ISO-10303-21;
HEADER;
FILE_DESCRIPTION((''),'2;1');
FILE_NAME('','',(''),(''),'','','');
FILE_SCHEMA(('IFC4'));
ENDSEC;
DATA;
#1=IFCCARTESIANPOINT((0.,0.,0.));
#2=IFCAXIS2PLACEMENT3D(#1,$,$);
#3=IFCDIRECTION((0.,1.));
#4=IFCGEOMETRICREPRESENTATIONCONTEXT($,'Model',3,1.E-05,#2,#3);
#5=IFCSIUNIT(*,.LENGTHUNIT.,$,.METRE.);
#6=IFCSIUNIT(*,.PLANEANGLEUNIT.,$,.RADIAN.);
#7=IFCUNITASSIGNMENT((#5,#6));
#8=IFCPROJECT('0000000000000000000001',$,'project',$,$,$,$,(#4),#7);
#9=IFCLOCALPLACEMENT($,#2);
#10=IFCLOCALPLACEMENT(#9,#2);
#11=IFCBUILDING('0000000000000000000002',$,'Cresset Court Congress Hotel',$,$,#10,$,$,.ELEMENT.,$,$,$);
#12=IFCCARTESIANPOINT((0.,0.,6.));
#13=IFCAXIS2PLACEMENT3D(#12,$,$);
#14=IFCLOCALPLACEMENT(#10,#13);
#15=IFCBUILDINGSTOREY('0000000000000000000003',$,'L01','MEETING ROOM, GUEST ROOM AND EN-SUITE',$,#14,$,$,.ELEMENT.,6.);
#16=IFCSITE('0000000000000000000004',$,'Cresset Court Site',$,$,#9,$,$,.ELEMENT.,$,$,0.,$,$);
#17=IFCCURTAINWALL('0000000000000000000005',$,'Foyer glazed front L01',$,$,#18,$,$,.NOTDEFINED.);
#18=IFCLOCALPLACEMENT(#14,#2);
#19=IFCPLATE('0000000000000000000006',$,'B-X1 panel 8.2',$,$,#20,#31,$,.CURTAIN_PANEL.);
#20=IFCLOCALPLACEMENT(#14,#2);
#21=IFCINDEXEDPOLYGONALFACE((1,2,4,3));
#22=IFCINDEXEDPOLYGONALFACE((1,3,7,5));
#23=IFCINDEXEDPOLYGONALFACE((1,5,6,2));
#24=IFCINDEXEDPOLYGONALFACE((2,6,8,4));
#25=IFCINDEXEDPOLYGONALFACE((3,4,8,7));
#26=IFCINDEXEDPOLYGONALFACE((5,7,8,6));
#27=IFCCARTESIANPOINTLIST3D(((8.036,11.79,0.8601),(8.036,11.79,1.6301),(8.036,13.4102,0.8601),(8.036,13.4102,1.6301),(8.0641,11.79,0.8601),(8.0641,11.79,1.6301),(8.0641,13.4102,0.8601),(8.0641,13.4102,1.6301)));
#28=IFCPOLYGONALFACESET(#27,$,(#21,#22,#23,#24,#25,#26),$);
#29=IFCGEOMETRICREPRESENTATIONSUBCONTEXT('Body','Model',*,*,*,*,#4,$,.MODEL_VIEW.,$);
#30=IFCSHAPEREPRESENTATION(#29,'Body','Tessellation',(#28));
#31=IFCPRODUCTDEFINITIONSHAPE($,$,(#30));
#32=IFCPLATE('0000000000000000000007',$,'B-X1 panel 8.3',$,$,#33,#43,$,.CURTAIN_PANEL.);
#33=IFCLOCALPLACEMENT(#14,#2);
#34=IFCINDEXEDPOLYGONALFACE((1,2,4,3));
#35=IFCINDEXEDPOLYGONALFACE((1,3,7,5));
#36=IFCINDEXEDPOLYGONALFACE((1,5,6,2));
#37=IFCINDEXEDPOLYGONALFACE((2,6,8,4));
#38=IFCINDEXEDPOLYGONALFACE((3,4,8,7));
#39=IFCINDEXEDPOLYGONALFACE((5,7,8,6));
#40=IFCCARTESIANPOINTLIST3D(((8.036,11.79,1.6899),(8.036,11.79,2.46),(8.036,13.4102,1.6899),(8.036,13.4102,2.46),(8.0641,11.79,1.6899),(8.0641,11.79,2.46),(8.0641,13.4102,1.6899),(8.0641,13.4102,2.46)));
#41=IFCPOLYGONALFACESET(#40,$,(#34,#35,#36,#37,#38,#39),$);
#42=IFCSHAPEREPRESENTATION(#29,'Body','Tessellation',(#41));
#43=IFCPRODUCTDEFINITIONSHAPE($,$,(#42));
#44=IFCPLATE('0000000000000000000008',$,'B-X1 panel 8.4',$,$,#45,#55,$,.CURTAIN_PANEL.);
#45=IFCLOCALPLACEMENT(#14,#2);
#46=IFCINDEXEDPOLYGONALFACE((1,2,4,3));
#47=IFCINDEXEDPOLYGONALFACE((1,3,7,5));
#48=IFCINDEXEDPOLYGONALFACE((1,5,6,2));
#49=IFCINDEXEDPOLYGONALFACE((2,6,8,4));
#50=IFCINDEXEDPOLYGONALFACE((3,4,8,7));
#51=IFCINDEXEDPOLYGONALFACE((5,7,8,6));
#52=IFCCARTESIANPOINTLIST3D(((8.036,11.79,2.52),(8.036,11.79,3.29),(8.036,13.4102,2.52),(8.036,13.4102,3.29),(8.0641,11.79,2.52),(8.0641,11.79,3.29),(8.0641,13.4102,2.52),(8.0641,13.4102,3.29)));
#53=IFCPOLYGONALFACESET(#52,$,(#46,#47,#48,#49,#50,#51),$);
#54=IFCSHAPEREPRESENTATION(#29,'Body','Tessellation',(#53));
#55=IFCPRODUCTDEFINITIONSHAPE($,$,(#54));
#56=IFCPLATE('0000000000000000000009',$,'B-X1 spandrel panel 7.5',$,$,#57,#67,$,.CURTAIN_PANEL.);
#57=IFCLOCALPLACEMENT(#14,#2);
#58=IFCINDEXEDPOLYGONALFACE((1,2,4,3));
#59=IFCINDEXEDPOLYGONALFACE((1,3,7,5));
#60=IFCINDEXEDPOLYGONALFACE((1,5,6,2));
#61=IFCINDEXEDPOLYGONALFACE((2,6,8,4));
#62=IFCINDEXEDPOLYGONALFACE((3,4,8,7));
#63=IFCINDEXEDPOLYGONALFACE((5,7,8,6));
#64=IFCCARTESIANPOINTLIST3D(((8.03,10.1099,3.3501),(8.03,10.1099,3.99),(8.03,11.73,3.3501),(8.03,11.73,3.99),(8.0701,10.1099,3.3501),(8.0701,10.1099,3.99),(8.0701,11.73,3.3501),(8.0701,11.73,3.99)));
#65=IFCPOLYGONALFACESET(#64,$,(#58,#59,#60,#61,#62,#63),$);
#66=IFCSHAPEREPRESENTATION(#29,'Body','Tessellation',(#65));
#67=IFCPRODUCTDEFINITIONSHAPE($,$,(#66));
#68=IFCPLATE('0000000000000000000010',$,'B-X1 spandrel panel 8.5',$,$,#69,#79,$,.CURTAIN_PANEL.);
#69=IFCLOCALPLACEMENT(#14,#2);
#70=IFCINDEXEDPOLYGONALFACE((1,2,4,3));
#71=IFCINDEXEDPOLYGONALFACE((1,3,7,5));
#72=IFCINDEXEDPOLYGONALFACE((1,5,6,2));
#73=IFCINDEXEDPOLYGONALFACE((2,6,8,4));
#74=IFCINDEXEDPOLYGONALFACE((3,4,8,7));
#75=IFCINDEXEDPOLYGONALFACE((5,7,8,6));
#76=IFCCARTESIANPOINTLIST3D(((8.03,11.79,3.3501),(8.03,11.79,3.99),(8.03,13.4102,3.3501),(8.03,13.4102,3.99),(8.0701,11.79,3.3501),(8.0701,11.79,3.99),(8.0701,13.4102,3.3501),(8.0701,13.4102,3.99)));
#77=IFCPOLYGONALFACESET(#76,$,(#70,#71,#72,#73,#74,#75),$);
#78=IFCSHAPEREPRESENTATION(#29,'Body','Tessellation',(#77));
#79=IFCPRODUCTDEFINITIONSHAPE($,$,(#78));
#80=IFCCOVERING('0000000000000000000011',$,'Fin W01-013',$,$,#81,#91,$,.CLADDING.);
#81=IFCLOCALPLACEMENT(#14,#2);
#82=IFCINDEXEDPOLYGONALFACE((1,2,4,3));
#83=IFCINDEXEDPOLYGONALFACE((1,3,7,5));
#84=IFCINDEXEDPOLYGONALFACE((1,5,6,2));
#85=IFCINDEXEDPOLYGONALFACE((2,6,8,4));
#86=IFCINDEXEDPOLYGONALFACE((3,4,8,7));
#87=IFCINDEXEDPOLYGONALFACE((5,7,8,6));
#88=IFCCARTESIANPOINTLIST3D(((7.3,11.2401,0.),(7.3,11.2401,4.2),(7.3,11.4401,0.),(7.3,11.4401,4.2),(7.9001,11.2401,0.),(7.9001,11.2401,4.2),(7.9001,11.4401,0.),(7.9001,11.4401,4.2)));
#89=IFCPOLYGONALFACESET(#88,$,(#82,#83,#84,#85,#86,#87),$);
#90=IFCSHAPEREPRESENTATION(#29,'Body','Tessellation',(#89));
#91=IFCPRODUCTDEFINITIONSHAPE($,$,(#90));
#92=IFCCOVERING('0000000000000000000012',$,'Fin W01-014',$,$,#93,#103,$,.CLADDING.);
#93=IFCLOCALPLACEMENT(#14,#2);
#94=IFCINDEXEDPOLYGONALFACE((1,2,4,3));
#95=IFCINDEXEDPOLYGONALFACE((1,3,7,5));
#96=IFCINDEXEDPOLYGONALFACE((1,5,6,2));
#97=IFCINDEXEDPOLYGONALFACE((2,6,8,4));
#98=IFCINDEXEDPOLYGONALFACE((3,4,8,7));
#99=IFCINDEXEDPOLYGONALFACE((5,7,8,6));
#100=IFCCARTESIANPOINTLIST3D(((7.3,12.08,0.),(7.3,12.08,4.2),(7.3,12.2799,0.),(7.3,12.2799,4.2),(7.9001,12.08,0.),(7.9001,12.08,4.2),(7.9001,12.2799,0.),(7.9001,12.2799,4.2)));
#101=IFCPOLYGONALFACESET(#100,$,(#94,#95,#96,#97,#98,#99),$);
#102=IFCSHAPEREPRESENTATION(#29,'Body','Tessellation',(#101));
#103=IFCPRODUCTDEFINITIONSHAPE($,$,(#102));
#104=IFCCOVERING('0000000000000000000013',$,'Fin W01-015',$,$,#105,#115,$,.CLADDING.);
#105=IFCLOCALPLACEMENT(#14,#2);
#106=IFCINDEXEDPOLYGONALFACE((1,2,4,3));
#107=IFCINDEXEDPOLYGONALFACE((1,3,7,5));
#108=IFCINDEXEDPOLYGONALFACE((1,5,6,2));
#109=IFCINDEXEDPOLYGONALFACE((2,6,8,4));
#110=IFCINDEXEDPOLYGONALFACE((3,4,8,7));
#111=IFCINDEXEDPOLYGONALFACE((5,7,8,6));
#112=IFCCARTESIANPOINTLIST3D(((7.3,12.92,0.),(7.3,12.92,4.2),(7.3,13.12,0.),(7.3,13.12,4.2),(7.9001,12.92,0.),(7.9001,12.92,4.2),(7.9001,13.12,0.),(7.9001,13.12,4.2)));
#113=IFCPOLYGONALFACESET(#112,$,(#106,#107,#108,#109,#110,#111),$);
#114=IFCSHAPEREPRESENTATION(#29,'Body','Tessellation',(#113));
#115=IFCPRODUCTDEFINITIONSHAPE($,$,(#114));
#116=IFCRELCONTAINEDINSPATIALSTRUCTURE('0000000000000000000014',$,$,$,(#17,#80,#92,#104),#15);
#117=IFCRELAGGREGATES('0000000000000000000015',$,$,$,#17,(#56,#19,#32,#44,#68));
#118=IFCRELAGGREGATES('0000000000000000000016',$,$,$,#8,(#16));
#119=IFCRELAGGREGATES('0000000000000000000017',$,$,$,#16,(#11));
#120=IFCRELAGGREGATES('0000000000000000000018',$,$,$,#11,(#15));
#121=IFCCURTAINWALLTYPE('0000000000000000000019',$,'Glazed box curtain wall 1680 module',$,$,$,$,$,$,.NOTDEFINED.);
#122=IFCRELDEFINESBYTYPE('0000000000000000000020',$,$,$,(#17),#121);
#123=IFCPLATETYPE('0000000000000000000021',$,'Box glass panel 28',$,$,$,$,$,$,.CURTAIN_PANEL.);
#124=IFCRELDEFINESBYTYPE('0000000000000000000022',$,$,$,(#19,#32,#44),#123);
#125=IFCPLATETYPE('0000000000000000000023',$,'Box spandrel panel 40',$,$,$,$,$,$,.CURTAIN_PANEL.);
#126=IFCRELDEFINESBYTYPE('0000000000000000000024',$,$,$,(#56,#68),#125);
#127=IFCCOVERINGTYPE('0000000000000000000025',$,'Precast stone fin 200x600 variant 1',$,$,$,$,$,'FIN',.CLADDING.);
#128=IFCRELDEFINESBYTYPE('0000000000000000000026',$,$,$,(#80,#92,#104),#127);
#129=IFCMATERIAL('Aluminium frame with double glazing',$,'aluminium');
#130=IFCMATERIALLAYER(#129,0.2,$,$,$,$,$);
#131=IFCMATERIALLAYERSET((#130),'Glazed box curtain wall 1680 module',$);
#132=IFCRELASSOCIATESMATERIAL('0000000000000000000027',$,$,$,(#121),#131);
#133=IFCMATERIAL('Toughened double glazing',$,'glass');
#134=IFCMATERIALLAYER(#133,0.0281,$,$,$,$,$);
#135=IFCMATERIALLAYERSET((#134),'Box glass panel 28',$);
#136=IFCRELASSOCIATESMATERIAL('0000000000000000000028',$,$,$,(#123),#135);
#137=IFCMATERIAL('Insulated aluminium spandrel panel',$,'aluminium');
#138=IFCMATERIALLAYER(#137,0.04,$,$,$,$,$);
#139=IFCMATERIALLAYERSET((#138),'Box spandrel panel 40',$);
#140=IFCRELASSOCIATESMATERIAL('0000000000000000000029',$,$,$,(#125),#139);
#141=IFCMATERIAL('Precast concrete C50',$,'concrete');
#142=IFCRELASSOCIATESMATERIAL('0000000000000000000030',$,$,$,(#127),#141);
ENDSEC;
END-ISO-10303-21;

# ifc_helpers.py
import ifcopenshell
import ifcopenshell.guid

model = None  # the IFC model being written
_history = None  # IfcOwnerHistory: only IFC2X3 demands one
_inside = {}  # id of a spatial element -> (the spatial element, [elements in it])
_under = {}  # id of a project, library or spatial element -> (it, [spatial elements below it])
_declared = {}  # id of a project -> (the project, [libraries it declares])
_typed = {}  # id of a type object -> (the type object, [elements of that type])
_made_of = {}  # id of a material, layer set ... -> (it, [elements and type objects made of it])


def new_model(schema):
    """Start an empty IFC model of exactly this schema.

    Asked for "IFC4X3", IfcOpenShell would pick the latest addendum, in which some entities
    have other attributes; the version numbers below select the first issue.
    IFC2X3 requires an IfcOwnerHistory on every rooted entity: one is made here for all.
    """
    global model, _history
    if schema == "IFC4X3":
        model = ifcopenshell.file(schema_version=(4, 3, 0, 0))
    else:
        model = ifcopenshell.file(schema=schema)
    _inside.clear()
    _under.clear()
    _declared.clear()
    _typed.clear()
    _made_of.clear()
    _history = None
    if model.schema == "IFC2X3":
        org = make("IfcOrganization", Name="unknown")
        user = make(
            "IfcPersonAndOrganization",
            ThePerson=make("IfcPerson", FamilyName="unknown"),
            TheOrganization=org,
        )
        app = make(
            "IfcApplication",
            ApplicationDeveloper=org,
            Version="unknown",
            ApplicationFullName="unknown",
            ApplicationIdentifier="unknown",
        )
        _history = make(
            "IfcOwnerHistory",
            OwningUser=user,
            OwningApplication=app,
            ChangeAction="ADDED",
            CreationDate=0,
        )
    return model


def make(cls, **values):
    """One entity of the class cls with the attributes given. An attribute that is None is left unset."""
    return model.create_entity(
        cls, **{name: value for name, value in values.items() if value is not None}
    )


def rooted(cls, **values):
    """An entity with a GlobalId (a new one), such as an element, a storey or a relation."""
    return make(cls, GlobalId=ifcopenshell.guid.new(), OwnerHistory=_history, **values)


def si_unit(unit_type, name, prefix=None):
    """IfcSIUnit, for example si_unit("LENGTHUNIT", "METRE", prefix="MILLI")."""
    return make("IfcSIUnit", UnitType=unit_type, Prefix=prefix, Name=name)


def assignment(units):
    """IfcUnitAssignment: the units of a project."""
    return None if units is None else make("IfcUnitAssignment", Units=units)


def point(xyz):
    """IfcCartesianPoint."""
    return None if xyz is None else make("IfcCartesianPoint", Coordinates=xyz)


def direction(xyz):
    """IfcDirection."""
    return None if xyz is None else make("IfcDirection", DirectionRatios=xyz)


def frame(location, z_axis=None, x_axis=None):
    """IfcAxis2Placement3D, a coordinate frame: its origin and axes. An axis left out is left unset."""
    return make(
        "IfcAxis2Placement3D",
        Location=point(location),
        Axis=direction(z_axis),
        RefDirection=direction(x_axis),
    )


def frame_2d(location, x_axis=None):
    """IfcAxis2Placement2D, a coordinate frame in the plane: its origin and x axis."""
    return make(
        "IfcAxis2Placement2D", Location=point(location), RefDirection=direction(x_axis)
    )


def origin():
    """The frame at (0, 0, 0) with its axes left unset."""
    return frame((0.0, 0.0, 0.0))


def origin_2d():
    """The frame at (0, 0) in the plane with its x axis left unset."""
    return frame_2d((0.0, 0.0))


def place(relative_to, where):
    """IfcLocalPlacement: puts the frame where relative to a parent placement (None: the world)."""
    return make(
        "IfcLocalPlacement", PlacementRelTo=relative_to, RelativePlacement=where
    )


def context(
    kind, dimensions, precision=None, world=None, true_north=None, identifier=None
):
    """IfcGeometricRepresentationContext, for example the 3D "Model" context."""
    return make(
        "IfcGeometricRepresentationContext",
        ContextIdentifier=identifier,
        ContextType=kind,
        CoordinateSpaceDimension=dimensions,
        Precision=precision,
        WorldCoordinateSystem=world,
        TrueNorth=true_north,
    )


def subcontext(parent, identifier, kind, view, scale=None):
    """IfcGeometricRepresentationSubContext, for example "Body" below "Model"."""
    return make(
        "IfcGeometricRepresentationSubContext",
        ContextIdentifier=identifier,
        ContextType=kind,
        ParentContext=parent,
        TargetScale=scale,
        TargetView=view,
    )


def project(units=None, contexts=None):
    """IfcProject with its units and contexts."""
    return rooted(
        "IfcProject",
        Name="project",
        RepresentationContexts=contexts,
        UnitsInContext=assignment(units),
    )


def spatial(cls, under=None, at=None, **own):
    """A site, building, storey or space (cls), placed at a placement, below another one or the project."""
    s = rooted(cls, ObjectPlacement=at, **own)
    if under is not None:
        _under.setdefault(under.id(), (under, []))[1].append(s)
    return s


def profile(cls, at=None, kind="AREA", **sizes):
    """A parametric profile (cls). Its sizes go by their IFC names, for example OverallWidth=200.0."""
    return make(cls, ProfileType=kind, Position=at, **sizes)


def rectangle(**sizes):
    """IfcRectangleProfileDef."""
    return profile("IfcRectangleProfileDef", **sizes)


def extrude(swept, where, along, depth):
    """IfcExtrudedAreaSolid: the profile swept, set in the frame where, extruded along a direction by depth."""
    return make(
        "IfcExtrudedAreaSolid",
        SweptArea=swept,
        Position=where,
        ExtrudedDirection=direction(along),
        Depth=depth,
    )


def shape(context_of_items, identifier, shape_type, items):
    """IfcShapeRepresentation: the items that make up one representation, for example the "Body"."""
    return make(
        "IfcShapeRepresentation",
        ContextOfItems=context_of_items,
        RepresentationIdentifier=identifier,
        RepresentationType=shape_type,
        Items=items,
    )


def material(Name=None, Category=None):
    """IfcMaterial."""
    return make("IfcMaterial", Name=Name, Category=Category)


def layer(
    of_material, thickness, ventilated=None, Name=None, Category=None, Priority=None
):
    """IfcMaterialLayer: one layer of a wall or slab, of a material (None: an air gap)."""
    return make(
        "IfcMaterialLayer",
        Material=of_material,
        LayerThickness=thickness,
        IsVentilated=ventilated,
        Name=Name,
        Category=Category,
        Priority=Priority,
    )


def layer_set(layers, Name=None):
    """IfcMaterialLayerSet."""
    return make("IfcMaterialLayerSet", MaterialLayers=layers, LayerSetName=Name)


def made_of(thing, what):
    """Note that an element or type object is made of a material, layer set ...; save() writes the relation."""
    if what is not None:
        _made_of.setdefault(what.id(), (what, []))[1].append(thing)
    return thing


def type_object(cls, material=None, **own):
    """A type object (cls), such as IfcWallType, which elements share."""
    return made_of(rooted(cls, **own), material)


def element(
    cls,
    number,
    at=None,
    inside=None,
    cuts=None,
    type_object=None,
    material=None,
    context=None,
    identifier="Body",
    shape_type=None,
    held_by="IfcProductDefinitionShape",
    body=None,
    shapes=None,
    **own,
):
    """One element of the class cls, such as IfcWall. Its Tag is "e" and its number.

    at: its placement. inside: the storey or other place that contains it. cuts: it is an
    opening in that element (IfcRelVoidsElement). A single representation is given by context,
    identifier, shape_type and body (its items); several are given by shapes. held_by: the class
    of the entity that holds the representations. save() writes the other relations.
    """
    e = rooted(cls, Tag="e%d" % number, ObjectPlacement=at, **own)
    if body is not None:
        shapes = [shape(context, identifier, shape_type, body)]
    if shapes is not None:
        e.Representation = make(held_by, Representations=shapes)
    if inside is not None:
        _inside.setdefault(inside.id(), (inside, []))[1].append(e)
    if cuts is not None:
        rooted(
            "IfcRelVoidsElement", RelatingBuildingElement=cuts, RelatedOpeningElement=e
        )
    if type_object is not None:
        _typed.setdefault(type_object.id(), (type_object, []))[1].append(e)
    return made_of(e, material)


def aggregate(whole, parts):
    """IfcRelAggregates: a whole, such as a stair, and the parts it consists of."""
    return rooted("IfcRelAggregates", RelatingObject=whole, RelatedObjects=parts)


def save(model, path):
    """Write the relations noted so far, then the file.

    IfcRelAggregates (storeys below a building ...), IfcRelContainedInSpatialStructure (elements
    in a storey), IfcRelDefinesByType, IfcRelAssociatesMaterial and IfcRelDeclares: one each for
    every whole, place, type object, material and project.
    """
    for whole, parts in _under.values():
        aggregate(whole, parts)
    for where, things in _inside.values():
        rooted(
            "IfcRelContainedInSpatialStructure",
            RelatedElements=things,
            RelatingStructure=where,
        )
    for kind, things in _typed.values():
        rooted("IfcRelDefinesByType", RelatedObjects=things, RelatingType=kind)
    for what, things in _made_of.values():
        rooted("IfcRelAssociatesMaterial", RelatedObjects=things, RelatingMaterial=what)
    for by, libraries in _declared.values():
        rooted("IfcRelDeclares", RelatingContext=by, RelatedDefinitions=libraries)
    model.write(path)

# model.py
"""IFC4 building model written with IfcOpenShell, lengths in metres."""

from ifc_helpers import new_model, si_unit, direction, frame, origin, origin_2d, place, context, subcontext, project, spatial, rectangle, extrude, material, layer, layer_set, type_object, element, aggregate, save


model = new_model("IFC4")

# Units and contexts
model_context = context("Model", 3, precision=1e-05, world=origin(), true_north=direction((0.0, 1.0)))
body_context = subcontext(model_context, "Body", "Model", "MODEL_VIEW")
ifc_project = project(units=[si_unit("LENGTHUNIT", "METRE"), si_unit("PLANEANGLEUNIT", "RADIAN")], contexts=[model_context])

# Site, building, storey
site_placement = place(None, origin())
site = spatial("IfcSite", under=ifc_project, at=site_placement, Name="Cresset Court Site", CompositionType="ELEMENT", RefElevation=0.0)
building_placement = place(site_placement, origin())
building = spatial("IfcBuilding", under=site, at=building_placement, Name="Cresset Court Congress Hotel", CompositionType="ELEMENT")
storey_placement = place(building_placement, frame((0.0, 0.0, 6.0)))
storey = spatial("IfcBuildingStorey", under=building, at=storey_placement, Name="L01", Description="MEETING ROOM, GUEST ROOM AND EN-SUITE", CompositionType="ELEMENT", Elevation=6.0)

# Curtain wall, plates
ifc_material_1 = material(Name="Aluminium frame with double glazing", Category="aluminium")
ifc_layer_1 = layer(ifc_material_1, 0.2)
ifc_layer_set_1 = layer_set([ifc_layer_1], Name="Glazed box curtain wall 1680 module")
curtain_wall_type = type_object("IfcCurtainWallType", Name="Glazed box curtain wall 1680 module", PredefinedType="NOTDEFINED", material=ifc_layer_set_1)
curtain_wall_placement = place(storey_placement, origin())
curtain_wall = element("IfcCurtainWall", 1, at=curtain_wall_placement, inside=storey, type_object=curtain_wall_type, Name="Foyer glazed front L01", PredefinedType="NOTDEFINED")
ifc_material_2 = material(Name="Toughened double glazing", Category="glass")
ifc_layer_2 = layer(ifc_material_2, 0.0281)
ifc_layer_set_2 = layer_set([ifc_layer_2], Name="Box glass panel 28")
plate_type_1 = type_object("IfcPlateType", Name="Box glass panel 28", PredefinedType="CURTAIN_PANEL", material=ifc_layer_set_2)
plate_1_placement = place(storey_placement, frame((8.05, 12.6001, 0.8601), z_axis=(0.0, 0.0, 1.0), x_axis=(0.0, 1.0, 0.0)))
plate_1 = element("IfcPlate", 2, at=plate_1_placement, type_object=plate_type_1, Name="B-X1 panel 8.2", PredefinedType="CURTAIN_PANEL", context=body_context, shape_type="SweptSolid", body=[
    extrude(rectangle(XDim=1.6201, YDim=0.0281, at=origin_2d()), origin(), (0.0, 0.0, 1.0), 0.77),
])
plate_2_placement = place(storey_placement, frame((8.05, 12.6001, 1.6899), z_axis=(0.0, 0.0, 1.0), x_axis=(0.0, 1.0, 0.0)))
plate_2 = element("IfcPlate", 3, at=plate_2_placement, type_object=plate_type_1, Name="B-X1 panel 8.3", PredefinedType="CURTAIN_PANEL", context=body_context, shape_type="SweptSolid", body=[
    extrude(rectangle(XDim=1.6201, YDim=0.0281, at=origin_2d()), origin(), (0.0, 0.0, 1.0), 0.77),
])
plate_3_placement = place(storey_placement, frame((8.05, 12.6001, 2.52), z_axis=(0.0, 0.0, 1.0), x_axis=(0.0, 1.0, 0.0)))
plate_3 = element("IfcPlate", 4, at=plate_3_placement, type_object=plate_type_1, Name="B-X1 panel 8.4", PredefinedType="CURTAIN_PANEL", context=body_context, shape_type="SweptSolid", body=[
    extrude(rectangle(XDim=1.6201, YDim=0.0281, at=origin_2d()), origin(), (0.0, 0.0, 1.0), 0.77),
])
ifc_material_3 = material(Name="Insulated aluminium spandrel panel", Category="aluminium")
ifc_layer_3 = layer(ifc_material_3, 0.04)
ifc_layer_set_3 = layer_set([ifc_layer_3], Name="Box spandrel panel 40")
plate_type_2 = type_object("IfcPlateType", Name="Box spandrel panel 40", PredefinedType="CURTAIN_PANEL", material=ifc_layer_set_3)
plate_4_placement = place(storey_placement, frame((8.05, 10.9199, 3.3501), z_axis=(0.0, 0.0, 1.0), x_axis=(0.0, 1.0, 0.0)))
plate_4 = element("IfcPlate", 5, at=plate_4_placement, type_object=plate_type_2, Name="B-X1 spandrel panel 7.5", PredefinedType="CURTAIN_PANEL", context=body_context, shape_type="SweptSolid", body=[
    extrude(rectangle(XDim=1.6201, YDim=0.04, at=origin_2d()), origin(), (0.0, 0.0, 1.0), 0.6399),
])
plate_5_placement = place(storey_placement, frame((8.05, 12.6001, 3.3501), z_axis=(0.0, 0.0, 1.0), x_axis=(0.0, 1.0, 0.0)))
plate_5 = element("IfcPlate", 6, at=plate_5_placement, type_object=plate_type_2, Name="B-X1 spandrel panel 8.5", PredefinedType="CURTAIN_PANEL", context=body_context, shape_type="SweptSolid", body=[
    extrude(rectangle(XDim=1.6201, YDim=0.04, at=origin_2d()), origin(), (0.0, 0.0, 1.0), 0.6399),
])
aggregate(curtain_wall, [plate_4, plate_1, plate_2, plate_3, plate_5])

# Coverings
ifc_material_4 = material(Name="Precast concrete C50", Category="concrete")
covering_type = type_object("IfcCoveringType", Name="Precast stone fin 200x600 variant 1", ElementType="FIN", PredefinedType="CLADDING", material=ifc_material_4)
for number, where, z_axis, x_axis, name in (
    (7, (7.6001, 11.3401, 0.0), (0.0, 0.0, 1.0), (1.0, 0.0, 0.0), "Fin W01-013"),
    (8, (7.6001, 12.1799, 0.0), (0.0, 0.0, 1.0), (1.0, 0.0, 0.0), "Fin W01-014"),
    (9, (7.6001, 13.02, 0.0), (0.0, 0.0, 1.0), (1.0, 0.0, 0.0), "Fin W01-015"),
):
    element("IfcCovering", number, at=place(storey_placement, frame(where, z_axis=z_axis, x_axis=x_axis)), inside=storey, type_object=covering_type, Name=name, PredefinedType="CLADDING", context=body_context, shape_type="SweptSolid", body=[
        extrude(rectangle(XDim=0.6001, YDim=0.2, at=origin_2d()), origin(), (0.0, 0.0, 1.0), 4.2),
    ])

save(model, "model.ifc")
